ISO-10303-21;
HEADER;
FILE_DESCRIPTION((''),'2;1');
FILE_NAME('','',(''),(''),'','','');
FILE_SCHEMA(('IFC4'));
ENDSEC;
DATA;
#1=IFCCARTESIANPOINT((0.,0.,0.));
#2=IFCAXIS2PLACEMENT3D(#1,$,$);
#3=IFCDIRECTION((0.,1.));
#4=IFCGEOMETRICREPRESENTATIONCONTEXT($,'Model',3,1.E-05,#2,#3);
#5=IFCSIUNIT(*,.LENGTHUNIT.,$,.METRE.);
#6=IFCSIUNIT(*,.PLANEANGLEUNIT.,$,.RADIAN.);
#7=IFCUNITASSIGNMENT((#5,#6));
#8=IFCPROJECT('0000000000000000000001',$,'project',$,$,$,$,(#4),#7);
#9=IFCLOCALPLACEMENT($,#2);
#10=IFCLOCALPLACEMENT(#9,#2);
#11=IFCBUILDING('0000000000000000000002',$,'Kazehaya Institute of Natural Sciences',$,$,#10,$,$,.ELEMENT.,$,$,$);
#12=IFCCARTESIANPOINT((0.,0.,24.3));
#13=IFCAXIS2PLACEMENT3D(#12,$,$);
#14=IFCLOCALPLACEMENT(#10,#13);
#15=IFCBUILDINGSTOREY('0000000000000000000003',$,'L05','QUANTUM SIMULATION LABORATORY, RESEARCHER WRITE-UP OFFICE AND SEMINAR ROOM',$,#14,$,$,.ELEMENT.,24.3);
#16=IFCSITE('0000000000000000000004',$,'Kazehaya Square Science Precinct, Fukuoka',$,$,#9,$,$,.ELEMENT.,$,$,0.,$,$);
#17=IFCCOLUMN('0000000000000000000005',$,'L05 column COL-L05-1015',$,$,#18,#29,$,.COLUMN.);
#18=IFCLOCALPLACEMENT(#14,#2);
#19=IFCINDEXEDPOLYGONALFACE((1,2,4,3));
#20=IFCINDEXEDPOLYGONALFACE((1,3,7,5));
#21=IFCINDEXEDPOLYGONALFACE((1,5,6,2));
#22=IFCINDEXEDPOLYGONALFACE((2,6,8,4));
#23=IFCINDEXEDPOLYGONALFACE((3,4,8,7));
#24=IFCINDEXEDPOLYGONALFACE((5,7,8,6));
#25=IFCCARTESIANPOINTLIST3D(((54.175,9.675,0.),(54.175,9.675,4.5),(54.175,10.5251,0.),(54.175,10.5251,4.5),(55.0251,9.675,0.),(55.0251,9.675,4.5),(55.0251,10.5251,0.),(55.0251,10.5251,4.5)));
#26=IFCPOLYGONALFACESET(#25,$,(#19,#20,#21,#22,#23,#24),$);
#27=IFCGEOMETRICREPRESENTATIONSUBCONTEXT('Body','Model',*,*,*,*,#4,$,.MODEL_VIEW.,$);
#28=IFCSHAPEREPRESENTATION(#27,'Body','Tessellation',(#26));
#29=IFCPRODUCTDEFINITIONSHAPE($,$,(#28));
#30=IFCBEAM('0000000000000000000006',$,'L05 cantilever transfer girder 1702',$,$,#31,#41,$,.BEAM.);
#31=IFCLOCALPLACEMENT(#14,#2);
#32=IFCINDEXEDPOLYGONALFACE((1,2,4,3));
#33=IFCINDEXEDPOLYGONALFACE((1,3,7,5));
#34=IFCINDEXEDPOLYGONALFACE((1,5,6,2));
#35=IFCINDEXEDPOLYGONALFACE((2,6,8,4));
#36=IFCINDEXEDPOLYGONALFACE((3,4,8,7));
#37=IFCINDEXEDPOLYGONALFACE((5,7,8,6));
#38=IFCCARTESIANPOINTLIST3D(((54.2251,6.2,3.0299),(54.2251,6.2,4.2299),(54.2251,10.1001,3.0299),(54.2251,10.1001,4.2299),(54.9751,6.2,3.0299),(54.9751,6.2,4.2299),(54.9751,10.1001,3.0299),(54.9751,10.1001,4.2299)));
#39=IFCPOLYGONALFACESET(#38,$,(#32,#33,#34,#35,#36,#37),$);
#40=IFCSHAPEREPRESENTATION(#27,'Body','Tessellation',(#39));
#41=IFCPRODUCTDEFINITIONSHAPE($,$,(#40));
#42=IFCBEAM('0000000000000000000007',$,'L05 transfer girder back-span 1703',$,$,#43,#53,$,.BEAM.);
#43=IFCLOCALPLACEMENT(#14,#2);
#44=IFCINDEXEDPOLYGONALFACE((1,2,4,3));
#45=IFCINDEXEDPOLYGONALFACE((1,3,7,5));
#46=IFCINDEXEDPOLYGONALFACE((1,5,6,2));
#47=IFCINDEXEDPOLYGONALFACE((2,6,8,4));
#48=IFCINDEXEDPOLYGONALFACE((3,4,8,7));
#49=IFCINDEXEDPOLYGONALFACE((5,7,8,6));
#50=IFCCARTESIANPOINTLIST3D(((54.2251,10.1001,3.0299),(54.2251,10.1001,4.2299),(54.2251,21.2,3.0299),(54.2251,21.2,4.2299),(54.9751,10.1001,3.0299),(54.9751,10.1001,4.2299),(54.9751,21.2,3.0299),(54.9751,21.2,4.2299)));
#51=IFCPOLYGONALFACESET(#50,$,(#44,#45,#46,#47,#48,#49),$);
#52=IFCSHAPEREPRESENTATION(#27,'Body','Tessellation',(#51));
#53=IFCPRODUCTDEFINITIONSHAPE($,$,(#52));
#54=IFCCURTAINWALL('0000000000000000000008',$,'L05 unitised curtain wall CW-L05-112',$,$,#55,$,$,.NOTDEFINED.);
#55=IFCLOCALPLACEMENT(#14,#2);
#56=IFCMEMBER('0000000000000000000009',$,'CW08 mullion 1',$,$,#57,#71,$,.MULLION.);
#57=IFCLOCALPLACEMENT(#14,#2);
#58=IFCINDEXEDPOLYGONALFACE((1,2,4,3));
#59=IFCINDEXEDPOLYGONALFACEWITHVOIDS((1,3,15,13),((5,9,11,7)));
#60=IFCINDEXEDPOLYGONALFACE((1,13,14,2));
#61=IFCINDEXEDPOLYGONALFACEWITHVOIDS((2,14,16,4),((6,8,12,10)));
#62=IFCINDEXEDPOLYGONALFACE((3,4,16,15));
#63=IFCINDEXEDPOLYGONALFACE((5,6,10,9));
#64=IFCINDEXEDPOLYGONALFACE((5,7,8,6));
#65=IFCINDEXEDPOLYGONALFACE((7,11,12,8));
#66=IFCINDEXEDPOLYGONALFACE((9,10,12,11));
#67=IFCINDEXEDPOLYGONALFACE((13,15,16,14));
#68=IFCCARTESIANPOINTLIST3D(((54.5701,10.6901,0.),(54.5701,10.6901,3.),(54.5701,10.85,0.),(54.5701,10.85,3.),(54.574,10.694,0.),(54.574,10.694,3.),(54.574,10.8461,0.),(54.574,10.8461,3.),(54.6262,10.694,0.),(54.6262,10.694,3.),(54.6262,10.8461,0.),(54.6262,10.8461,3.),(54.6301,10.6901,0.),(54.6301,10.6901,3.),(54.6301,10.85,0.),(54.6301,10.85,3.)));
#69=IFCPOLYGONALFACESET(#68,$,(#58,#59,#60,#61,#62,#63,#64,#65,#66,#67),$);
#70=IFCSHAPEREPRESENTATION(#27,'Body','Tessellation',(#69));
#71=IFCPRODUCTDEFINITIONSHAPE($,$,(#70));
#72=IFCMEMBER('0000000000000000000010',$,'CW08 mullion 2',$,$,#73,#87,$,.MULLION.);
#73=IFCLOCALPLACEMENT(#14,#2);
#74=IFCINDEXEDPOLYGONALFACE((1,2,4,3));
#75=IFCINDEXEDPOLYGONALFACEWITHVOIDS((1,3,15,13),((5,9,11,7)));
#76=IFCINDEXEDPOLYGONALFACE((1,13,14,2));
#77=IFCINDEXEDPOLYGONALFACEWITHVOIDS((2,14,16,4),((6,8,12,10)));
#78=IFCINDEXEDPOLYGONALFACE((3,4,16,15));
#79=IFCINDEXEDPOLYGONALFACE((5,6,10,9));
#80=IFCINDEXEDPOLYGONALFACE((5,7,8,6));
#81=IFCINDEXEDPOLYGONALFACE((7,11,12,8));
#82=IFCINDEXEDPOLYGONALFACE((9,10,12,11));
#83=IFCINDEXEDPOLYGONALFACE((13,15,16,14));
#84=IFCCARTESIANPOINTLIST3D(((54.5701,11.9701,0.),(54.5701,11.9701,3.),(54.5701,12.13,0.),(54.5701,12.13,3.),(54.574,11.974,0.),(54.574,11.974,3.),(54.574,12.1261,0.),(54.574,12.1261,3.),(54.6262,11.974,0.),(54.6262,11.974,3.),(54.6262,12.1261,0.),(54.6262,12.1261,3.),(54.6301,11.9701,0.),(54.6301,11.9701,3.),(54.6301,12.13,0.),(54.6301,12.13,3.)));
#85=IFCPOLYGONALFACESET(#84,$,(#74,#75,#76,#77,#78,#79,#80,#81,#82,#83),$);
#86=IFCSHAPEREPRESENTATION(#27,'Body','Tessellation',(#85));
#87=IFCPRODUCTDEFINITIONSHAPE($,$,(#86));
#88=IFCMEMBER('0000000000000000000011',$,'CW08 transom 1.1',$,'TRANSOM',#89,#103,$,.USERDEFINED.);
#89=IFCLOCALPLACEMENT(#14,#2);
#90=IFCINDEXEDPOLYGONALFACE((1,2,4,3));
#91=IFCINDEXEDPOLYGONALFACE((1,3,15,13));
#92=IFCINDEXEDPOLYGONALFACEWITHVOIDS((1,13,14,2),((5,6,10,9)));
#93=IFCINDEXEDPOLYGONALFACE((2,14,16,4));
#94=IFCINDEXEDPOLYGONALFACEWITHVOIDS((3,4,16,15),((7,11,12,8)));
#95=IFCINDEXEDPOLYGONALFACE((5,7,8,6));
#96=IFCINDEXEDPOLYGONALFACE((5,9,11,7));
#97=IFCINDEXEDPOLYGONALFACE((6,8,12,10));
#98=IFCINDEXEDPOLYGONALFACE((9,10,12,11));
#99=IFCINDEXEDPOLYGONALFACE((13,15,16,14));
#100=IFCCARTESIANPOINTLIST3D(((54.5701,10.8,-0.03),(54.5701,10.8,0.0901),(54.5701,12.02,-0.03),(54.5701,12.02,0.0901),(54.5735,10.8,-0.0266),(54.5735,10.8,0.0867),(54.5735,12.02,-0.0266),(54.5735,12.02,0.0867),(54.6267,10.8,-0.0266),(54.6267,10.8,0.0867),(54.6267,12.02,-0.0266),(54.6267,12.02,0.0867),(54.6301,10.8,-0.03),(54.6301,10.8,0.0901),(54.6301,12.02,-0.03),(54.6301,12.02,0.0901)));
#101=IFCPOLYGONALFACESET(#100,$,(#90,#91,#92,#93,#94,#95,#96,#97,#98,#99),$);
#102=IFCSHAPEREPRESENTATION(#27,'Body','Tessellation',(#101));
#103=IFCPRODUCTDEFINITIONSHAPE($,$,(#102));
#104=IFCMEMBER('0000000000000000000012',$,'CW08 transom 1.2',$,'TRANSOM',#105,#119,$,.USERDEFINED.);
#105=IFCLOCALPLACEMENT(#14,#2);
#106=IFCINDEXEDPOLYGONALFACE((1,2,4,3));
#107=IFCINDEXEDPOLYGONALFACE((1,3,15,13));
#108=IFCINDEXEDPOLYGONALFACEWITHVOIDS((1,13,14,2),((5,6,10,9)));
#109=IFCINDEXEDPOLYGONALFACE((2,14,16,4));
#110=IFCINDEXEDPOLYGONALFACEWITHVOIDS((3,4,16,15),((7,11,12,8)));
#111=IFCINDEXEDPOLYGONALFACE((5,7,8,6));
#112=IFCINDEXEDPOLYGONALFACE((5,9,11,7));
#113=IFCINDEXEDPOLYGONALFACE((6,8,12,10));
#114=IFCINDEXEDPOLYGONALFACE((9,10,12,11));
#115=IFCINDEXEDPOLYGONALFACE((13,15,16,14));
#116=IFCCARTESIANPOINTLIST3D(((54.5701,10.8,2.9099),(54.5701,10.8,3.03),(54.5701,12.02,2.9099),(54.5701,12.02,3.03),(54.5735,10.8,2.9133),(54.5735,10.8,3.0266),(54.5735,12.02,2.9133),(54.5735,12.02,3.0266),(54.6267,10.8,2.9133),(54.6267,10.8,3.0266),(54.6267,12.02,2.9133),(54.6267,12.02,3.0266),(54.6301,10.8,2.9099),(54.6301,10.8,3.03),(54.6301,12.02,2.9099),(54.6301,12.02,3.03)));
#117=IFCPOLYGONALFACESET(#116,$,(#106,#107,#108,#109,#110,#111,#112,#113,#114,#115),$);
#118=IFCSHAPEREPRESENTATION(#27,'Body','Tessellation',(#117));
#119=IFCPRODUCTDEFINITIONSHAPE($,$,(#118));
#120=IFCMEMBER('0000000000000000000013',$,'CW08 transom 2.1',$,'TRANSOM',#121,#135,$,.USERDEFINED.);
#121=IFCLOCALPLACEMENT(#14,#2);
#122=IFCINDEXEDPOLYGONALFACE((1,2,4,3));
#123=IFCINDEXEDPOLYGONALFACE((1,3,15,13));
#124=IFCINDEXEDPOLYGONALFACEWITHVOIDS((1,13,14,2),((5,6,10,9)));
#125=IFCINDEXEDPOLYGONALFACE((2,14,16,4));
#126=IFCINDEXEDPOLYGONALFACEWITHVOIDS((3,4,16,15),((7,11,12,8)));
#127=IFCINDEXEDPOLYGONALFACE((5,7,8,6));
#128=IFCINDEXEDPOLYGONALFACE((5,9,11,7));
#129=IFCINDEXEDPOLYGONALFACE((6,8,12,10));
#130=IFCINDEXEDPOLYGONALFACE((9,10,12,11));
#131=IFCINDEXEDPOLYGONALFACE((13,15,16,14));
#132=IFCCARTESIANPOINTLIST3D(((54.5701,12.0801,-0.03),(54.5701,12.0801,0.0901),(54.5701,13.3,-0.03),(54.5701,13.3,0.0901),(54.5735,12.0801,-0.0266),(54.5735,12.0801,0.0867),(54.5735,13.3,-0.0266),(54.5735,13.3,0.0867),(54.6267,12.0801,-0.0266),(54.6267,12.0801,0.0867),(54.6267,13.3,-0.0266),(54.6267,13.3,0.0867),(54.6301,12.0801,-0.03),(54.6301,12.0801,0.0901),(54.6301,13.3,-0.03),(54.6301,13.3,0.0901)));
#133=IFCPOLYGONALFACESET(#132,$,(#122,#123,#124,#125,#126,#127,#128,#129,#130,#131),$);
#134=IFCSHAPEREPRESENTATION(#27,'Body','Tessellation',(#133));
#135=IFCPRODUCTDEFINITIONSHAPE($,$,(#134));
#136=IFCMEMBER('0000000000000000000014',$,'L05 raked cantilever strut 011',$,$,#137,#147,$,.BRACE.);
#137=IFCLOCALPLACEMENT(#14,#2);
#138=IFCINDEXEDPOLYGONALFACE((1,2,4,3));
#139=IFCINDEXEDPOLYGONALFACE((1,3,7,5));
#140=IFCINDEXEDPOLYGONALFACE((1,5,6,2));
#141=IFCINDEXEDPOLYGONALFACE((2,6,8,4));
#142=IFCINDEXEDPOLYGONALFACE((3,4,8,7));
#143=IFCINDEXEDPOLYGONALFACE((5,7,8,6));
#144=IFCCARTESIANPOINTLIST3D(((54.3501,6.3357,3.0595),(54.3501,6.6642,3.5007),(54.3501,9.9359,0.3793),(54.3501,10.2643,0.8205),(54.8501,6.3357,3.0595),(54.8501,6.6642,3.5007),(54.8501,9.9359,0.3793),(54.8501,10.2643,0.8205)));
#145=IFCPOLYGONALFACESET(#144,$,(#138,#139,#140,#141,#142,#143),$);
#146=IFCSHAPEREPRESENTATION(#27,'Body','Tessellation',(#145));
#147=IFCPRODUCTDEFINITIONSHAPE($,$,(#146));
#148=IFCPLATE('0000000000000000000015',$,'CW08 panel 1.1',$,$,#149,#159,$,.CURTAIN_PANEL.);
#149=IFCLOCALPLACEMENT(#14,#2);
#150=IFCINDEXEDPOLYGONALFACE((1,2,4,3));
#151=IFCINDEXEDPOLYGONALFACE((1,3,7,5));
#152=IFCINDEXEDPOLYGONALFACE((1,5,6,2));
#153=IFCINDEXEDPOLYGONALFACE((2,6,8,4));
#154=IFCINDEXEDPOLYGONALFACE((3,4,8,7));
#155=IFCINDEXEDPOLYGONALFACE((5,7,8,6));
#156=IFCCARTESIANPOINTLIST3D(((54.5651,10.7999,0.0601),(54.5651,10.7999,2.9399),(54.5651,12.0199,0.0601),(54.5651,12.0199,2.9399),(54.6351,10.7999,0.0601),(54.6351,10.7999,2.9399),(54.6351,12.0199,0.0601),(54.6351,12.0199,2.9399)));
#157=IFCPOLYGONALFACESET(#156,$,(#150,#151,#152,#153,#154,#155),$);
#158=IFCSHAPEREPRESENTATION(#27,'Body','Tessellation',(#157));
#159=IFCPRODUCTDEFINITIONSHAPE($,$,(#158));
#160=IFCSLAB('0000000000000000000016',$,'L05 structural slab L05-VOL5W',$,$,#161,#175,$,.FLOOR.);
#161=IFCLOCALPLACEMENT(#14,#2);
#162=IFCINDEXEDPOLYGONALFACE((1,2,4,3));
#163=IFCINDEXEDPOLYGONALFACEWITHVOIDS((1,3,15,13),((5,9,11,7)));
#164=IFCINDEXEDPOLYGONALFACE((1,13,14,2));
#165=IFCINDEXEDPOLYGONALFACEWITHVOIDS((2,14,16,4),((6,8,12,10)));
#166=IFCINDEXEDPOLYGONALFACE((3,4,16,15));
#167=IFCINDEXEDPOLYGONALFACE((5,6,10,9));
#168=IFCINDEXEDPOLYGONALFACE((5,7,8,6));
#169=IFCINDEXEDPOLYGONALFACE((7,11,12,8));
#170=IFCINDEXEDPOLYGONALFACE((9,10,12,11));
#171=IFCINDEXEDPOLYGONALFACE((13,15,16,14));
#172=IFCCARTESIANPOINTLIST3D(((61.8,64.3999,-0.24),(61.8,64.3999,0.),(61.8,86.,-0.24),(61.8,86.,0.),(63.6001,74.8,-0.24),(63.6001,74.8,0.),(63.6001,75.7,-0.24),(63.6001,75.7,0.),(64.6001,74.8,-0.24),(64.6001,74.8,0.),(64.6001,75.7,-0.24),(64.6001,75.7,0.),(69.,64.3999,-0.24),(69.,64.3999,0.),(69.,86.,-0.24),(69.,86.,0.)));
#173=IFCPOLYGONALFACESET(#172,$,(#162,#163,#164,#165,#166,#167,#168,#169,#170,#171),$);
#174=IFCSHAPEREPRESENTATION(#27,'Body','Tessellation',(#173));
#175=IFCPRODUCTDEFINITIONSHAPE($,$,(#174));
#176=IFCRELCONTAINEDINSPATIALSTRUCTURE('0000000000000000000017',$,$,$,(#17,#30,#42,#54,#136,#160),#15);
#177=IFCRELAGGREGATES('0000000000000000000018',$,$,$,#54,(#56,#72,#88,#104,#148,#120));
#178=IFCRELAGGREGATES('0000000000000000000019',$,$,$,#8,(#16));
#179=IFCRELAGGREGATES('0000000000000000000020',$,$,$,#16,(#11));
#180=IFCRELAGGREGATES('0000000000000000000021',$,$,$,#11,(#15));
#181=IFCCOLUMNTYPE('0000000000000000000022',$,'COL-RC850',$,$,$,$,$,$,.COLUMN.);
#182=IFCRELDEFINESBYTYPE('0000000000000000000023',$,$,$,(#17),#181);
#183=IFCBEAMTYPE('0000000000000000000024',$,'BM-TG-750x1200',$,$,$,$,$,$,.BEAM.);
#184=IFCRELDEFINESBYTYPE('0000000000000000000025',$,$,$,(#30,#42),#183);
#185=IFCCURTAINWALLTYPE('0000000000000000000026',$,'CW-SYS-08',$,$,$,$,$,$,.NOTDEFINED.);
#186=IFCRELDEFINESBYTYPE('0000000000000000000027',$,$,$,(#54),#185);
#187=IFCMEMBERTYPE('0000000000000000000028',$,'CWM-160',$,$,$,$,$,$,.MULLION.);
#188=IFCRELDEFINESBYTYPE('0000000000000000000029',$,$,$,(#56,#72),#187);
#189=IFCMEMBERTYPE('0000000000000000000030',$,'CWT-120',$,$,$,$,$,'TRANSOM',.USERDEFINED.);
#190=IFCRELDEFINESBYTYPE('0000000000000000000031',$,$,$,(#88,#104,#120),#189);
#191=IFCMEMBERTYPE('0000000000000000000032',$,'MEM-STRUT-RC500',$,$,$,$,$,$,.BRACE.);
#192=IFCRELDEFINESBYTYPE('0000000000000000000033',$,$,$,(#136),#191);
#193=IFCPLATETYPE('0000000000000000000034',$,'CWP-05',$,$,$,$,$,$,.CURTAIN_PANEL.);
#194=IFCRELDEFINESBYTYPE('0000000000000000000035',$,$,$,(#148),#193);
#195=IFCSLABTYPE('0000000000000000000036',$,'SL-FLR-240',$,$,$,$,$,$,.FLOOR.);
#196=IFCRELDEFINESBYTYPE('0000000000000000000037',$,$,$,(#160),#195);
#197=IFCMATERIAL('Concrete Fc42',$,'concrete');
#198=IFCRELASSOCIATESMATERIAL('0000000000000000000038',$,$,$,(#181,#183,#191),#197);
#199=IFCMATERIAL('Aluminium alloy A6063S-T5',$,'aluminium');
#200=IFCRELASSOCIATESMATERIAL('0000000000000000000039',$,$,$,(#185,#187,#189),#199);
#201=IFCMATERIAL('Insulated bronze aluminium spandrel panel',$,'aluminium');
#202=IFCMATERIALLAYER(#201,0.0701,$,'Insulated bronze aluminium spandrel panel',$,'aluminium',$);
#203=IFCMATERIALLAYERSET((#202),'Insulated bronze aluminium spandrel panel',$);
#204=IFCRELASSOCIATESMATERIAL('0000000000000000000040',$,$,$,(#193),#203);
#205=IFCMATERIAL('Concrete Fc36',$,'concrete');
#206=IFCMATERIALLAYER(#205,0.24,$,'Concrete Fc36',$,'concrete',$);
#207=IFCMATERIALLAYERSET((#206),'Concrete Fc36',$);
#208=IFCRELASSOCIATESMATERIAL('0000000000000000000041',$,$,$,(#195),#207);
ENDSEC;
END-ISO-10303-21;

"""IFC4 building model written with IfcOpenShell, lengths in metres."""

from ifc_helpers import new_model, si_unit, direction, frame, origin, origin_2d, place, context, subcontext, project, spatial, polyline, rectangle, hollow_rectangle, outline, extrude, material, layer, layer_set, material_profile, profile_set, type_object, element, aggregate, save


model = new_model("IFC4")

# Units and contexts
model_context = context("Model", 3, precision=1e-05, world=origin(), true_north=direction((0.0, 1.0)))
body_context = subcontext(model_context, "Body", "Model", "MODEL_VIEW")
ifc_project = project(units=[si_unit("LENGTHUNIT", "METRE"), si_unit("PLANEANGLEUNIT", "RADIAN")], contexts=[model_context])

# Site, building, storey
site_placement = place(None, origin())
site = spatial("IfcSite", under=ifc_project, at=site_placement, Name="Kazehaya Square Science Precinct, Fukuoka", CompositionType="ELEMENT", RefElevation=0.0)
building_placement = place(site_placement, origin())
building = spatial("IfcBuilding", under=site, at=building_placement, Name="Kazehaya Institute of Natural Sciences", CompositionType="ELEMENT")
storey_placement = place(building_placement, frame((0.0, 0.0, 24.3)))
storey = spatial("IfcBuildingStorey", under=building, at=storey_placement, Name="L05", Description="QUANTUM SIMULATION LABORATORY, RESEARCHER WRITE-UP OFFICE AND SEMINAR ROOM", CompositionType="ELEMENT", Elevation=24.3)

# Column
ifc_material_1 = material(Name="Concrete Fc42", Category="concrete")
ifc_material_profile_1 = material_profile(ifc_material_1, rectangle(XDim=0.8501, YDim=0.8501, at=origin_2d()), Name="RC-850x850")
ifc_profile_set_1 = profile_set([ifc_material_profile_1], Name="Concrete Fc42")
column_type = type_object("IfcColumnType", Name="COL-RC850", PredefinedType="COLUMN", material=ifc_profile_set_1)
column_placement = place(storey_placement, frame((54.6001, 10.1001, 0.0), z_axis=(0.0, 0.0, 1.0), x_axis=(1.0, 0.0, 0.0)))
element("IfcColumn", 1, at=column_placement, inside=storey, type_object=column_type, Name="L05 column COL-L05-1015", PredefinedType="COLUMN", context=body_context, shape_type="SweptSolid", body=[
    extrude(rectangle(XDim=0.8501, YDim=0.8501, at=origin_2d()), origin(), (0.0, 0.0, 1.0), 4.5),
])

# Beams
ifc_material_profile_2 = material_profile(ifc_material_1, rectangle(XDim=0.75, YDim=1.2, at=origin_2d()), Name="RC-750x1200")
ifc_profile_set_2 = profile_set([ifc_material_profile_2], Name="Concrete Fc42")
beam_type = type_object("IfcBeamType", Name="BM-TG-750x1200", PredefinedType="BEAM", material=ifc_profile_set_2)
beam_1_placement = place(storey_placement, frame((54.6001, 6.2, 3.6299), z_axis=(0.0, 1.0, 0.0), x_axis=(-1.0, 0.0, 0.0)))
element("IfcBeam", 2, at=beam_1_placement, inside=storey, type_object=beam_type, Name="L05 cantilever transfer girder 1702", PredefinedType="BEAM", context=body_context, shape_type="SweptSolid", body=[
    extrude(rectangle(XDim=0.75, YDim=1.2, at=origin_2d()), origin(), (0.0, 0.0, 1.0), 3.9001),
])
beam_2_placement = place(storey_placement, frame((54.6001, 10.1001, 3.6299), z_axis=(0.0, 1.0, 0.0), x_axis=(-1.0, 0.0, 0.0)))
element("IfcBeam", 3, at=beam_2_placement, inside=storey, type_object=beam_type, Name="L05 transfer girder back-span 1703", PredefinedType="BEAM", context=body_context, shape_type="SweptSolid", body=[
    extrude(rectangle(XDim=0.75, YDim=1.2, at=origin_2d()), origin(), (0.0, 0.0, 1.0), 11.0999),
])

# Curtain wall, members
ifc_material_2 = material(Name="Aluminium alloy A6063S-T5", Category="aluminium")
curtain_wall_type = type_object("IfcCurtainWallType", Name="CW-SYS-08", PredefinedType="NOTDEFINED", material=ifc_material_2)
curtain_wall_placement = place(storey_placement, origin())
curtain_wall = element("IfcCurtainWall", 4, at=curtain_wall_placement, inside=storey, type_object=curtain_wall_type, Name="L05 unitised curtain wall CW-L05-112", PredefinedType="NOTDEFINED")
ifc_material_profile_3 = material_profile(ifc_material_2, hollow_rectangle(XDim=0.0601, YDim=0.1599, WallThickness=0.0039, at=origin_2d()), Name="ALU-60x160x4")
ifc_profile_set_3 = profile_set([ifc_material_profile_3], Name="Aluminium alloy A6063S-T5")
member_type_1 = type_object("IfcMemberType", Name="CWM-160", PredefinedType="MULLION", material=ifc_profile_set_3)
member_1_placement = place(storey_placement, frame((54.6001, 10.77, 0.0), z_axis=(0.0, 0.0, 1.0), x_axis=(-1.0, 0.0, 0.0)))
member_1 = element("IfcMember", 5, at=member_1_placement, type_object=member_type_1, Name="CW08 mullion 1", PredefinedType="MULLION", context=body_context, shape_type="SweptSolid", body=[
    extrude(hollow_rectangle(XDim=0.0601, YDim=0.1599, WallThickness=0.0039, at=origin_2d()), origin(), (0.0, 0.0, 1.0), 3.0),
])
member_2_placement = place(storey_placement, frame((54.6001, 12.05, 0.0), z_axis=(0.0, 0.0, 1.0), x_axis=(-1.0, 0.0, 0.0)))
member_2 = element("IfcMember", 6, at=member_2_placement, type_object=member_type_1, Name="CW08 mullion 2", PredefinedType="MULLION", context=body_context, shape_type="SweptSolid", body=[
    extrude(hollow_rectangle(XDim=0.0601, YDim=0.1599, WallThickness=0.0039, at=origin_2d()), origin(), (0.0, 0.0, 1.0), 3.0),
])
ifc_material_profile_4 = material_profile(ifc_material_2, hollow_rectangle(XDim=0.0601, YDim=0.1201, WallThickness=0.0034, at=origin_2d()), Name="ALU-60x120x3.5")
ifc_profile_set_4 = profile_set([ifc_material_profile_4], Name="Aluminium alloy A6063S-T5")
member_type_2 = type_object("IfcMemberType", Name="CWT-120", ElementType="TRANSOM", PredefinedType="USERDEFINED", material=ifc_profile_set_4)
member_3_placement = place(storey_placement, frame((54.6001, 10.8, 0.03), z_axis=(0.0, 1.0, 0.0), x_axis=(-1.0, 0.0, 0.0)))
member_3 = element("IfcMember", 7, at=member_3_placement, type_object=member_type_2, Name="CW08 transom 1.1", ObjectType="TRANSOM", PredefinedType="USERDEFINED", context=body_context, shape_type="SweptSolid", body=[
    extrude(hollow_rectangle(XDim=0.0601, YDim=0.1201, WallThickness=0.0034, at=origin_2d()), origin(), (0.0, 0.0, 1.0), 1.22),
])
member_4_placement = place(storey_placement, frame((54.6001, 10.8, 2.97), z_axis=(0.0, 1.0, 0.0), x_axis=(-1.0, 0.0, 0.0)))
member_4 = element("IfcMember", 8, at=member_4_placement, type_object=member_type_2, Name="CW08 transom 1.2", ObjectType="TRANSOM", PredefinedType="USERDEFINED", context=body_context, shape_type="SweptSolid", body=[
    extrude(hollow_rectangle(XDim=0.0601, YDim=0.1201, WallThickness=0.0034, at=origin_2d()), origin(), (0.0, 0.0, 1.0), 1.22),
])
member_5_placement = place(storey_placement, frame((54.6001, 12.0801, 0.03), z_axis=(0.0, 1.0, 0.0), x_axis=(-1.0, 0.0, 0.0)))
member_5 = element("IfcMember", 9, at=member_5_placement, type_object=member_type_2, Name="CW08 transom 2.1", ObjectType="TRANSOM", PredefinedType="USERDEFINED", context=body_context, shape_type="SweptSolid", body=[
    extrude(hollow_rectangle(XDim=0.0601, YDim=0.1201, WallThickness=0.0034, at=origin_2d()), origin(), (0.0, 0.0, 1.0), 1.22),
])

# Member
ifc_material_profile_5 = material_profile(ifc_material_1, rectangle(XDim=0.5, YDim=0.55, at=origin_2d()), Name="RC-500x550")
ifc_profile_set_5 = profile_set([ifc_material_profile_5], Name="Concrete Fc42")
member_type_3 = type_object("IfcMemberType", Name="MEM-STRUT-RC500", PredefinedType="BRACE", material=ifc_profile_set_5)
member_6_placement = place(storey_placement, frame((54.6001, 10.1001, 0.5999), z_axis=(0.0, -0.802123, 0.597159), x_axis=(1.0, 0.0, 0.0)))
element("IfcMember", 10, at=member_6_placement, inside=storey, type_object=member_type_3, Name="L05 raked cantilever strut 011", PredefinedType="BRACE", context=body_context, shape_type="SweptSolid", body=[
    extrude(rectangle(XDim=0.5, YDim=0.55, at=origin_2d()), origin(), (0.0, 0.0, 1.0), 4.4883),
])

# Plate
ifc_material_3 = material(Name="Insulated bronze aluminium spandrel panel", Category="aluminium")
ifc_layer_1 = layer(ifc_material_3, 0.0701, Name="Insulated bronze aluminium spandrel panel", Category="aluminium")
ifc_layer_set_1 = layer_set([ifc_layer_1], Name="Insulated bronze aluminium spandrel panel")
plate_type = type_object("IfcPlateType", Name="CWP-05", PredefinedType="CURTAIN_PANEL", material=ifc_layer_set_1)
plate_placement = place(storey_placement, frame((54.6001, 11.4099, 0.0601), z_axis=(0.0, 0.0, 1.0), x_axis=(0.0, 1.0, 0.0)))
plate = element("IfcPlate", 11, at=plate_placement, type_object=plate_type, Name="CW08 panel 1.1", PredefinedType="CURTAIN_PANEL", context=body_context, shape_type="SweptSolid", body=[
    extrude(rectangle(XDim=1.22, YDim=0.0701, at=origin_2d()), origin(), (0.0, 0.0, 1.0), 2.8799),
])
aggregate(curtain_wall, [member_1, member_2, member_3, member_4, plate, member_5])

# Slab
ifc_material_4 = material(Name="Concrete Fc36", Category="concrete")
ifc_layer_2 = layer(ifc_material_4, 0.24, Name="Concrete Fc36", Category="concrete")
ifc_layer_set_2 = layer_set([ifc_layer_2], Name="Concrete Fc36")
slab_type_1 = type_object("IfcSlabType", Name="SL-FLR-240", PredefinedType="FLOOR", material=ifc_layer_set_2)
slab_1_placement = place(storey_placement, frame((0.0, 0.0, -0.24)))
element("IfcSlab", 12, at=slab_1_placement, inside=storey, type_object=slab_type_1, Name="L05 structural slab L05-VOL5W", PredefinedType="FLOOR", context=body_context, shape_type="SweptSolid", body=[
    extrude(outline(polyline([(61.8, 64.3999), (69.0, 64.3999), (69.0, 86.0), (61.8, 86.0), (61.8, 64.3999)]), holes=[polyline([(63.6001, 74.8), (64.6001, 74.8), (64.6001, 75.7), (63.6001, 75.7), (63.6001, 74.8)])]), origin(), (0.0, 0.0, 1.0), 0.24),
])

save(model, "model.ifc")
